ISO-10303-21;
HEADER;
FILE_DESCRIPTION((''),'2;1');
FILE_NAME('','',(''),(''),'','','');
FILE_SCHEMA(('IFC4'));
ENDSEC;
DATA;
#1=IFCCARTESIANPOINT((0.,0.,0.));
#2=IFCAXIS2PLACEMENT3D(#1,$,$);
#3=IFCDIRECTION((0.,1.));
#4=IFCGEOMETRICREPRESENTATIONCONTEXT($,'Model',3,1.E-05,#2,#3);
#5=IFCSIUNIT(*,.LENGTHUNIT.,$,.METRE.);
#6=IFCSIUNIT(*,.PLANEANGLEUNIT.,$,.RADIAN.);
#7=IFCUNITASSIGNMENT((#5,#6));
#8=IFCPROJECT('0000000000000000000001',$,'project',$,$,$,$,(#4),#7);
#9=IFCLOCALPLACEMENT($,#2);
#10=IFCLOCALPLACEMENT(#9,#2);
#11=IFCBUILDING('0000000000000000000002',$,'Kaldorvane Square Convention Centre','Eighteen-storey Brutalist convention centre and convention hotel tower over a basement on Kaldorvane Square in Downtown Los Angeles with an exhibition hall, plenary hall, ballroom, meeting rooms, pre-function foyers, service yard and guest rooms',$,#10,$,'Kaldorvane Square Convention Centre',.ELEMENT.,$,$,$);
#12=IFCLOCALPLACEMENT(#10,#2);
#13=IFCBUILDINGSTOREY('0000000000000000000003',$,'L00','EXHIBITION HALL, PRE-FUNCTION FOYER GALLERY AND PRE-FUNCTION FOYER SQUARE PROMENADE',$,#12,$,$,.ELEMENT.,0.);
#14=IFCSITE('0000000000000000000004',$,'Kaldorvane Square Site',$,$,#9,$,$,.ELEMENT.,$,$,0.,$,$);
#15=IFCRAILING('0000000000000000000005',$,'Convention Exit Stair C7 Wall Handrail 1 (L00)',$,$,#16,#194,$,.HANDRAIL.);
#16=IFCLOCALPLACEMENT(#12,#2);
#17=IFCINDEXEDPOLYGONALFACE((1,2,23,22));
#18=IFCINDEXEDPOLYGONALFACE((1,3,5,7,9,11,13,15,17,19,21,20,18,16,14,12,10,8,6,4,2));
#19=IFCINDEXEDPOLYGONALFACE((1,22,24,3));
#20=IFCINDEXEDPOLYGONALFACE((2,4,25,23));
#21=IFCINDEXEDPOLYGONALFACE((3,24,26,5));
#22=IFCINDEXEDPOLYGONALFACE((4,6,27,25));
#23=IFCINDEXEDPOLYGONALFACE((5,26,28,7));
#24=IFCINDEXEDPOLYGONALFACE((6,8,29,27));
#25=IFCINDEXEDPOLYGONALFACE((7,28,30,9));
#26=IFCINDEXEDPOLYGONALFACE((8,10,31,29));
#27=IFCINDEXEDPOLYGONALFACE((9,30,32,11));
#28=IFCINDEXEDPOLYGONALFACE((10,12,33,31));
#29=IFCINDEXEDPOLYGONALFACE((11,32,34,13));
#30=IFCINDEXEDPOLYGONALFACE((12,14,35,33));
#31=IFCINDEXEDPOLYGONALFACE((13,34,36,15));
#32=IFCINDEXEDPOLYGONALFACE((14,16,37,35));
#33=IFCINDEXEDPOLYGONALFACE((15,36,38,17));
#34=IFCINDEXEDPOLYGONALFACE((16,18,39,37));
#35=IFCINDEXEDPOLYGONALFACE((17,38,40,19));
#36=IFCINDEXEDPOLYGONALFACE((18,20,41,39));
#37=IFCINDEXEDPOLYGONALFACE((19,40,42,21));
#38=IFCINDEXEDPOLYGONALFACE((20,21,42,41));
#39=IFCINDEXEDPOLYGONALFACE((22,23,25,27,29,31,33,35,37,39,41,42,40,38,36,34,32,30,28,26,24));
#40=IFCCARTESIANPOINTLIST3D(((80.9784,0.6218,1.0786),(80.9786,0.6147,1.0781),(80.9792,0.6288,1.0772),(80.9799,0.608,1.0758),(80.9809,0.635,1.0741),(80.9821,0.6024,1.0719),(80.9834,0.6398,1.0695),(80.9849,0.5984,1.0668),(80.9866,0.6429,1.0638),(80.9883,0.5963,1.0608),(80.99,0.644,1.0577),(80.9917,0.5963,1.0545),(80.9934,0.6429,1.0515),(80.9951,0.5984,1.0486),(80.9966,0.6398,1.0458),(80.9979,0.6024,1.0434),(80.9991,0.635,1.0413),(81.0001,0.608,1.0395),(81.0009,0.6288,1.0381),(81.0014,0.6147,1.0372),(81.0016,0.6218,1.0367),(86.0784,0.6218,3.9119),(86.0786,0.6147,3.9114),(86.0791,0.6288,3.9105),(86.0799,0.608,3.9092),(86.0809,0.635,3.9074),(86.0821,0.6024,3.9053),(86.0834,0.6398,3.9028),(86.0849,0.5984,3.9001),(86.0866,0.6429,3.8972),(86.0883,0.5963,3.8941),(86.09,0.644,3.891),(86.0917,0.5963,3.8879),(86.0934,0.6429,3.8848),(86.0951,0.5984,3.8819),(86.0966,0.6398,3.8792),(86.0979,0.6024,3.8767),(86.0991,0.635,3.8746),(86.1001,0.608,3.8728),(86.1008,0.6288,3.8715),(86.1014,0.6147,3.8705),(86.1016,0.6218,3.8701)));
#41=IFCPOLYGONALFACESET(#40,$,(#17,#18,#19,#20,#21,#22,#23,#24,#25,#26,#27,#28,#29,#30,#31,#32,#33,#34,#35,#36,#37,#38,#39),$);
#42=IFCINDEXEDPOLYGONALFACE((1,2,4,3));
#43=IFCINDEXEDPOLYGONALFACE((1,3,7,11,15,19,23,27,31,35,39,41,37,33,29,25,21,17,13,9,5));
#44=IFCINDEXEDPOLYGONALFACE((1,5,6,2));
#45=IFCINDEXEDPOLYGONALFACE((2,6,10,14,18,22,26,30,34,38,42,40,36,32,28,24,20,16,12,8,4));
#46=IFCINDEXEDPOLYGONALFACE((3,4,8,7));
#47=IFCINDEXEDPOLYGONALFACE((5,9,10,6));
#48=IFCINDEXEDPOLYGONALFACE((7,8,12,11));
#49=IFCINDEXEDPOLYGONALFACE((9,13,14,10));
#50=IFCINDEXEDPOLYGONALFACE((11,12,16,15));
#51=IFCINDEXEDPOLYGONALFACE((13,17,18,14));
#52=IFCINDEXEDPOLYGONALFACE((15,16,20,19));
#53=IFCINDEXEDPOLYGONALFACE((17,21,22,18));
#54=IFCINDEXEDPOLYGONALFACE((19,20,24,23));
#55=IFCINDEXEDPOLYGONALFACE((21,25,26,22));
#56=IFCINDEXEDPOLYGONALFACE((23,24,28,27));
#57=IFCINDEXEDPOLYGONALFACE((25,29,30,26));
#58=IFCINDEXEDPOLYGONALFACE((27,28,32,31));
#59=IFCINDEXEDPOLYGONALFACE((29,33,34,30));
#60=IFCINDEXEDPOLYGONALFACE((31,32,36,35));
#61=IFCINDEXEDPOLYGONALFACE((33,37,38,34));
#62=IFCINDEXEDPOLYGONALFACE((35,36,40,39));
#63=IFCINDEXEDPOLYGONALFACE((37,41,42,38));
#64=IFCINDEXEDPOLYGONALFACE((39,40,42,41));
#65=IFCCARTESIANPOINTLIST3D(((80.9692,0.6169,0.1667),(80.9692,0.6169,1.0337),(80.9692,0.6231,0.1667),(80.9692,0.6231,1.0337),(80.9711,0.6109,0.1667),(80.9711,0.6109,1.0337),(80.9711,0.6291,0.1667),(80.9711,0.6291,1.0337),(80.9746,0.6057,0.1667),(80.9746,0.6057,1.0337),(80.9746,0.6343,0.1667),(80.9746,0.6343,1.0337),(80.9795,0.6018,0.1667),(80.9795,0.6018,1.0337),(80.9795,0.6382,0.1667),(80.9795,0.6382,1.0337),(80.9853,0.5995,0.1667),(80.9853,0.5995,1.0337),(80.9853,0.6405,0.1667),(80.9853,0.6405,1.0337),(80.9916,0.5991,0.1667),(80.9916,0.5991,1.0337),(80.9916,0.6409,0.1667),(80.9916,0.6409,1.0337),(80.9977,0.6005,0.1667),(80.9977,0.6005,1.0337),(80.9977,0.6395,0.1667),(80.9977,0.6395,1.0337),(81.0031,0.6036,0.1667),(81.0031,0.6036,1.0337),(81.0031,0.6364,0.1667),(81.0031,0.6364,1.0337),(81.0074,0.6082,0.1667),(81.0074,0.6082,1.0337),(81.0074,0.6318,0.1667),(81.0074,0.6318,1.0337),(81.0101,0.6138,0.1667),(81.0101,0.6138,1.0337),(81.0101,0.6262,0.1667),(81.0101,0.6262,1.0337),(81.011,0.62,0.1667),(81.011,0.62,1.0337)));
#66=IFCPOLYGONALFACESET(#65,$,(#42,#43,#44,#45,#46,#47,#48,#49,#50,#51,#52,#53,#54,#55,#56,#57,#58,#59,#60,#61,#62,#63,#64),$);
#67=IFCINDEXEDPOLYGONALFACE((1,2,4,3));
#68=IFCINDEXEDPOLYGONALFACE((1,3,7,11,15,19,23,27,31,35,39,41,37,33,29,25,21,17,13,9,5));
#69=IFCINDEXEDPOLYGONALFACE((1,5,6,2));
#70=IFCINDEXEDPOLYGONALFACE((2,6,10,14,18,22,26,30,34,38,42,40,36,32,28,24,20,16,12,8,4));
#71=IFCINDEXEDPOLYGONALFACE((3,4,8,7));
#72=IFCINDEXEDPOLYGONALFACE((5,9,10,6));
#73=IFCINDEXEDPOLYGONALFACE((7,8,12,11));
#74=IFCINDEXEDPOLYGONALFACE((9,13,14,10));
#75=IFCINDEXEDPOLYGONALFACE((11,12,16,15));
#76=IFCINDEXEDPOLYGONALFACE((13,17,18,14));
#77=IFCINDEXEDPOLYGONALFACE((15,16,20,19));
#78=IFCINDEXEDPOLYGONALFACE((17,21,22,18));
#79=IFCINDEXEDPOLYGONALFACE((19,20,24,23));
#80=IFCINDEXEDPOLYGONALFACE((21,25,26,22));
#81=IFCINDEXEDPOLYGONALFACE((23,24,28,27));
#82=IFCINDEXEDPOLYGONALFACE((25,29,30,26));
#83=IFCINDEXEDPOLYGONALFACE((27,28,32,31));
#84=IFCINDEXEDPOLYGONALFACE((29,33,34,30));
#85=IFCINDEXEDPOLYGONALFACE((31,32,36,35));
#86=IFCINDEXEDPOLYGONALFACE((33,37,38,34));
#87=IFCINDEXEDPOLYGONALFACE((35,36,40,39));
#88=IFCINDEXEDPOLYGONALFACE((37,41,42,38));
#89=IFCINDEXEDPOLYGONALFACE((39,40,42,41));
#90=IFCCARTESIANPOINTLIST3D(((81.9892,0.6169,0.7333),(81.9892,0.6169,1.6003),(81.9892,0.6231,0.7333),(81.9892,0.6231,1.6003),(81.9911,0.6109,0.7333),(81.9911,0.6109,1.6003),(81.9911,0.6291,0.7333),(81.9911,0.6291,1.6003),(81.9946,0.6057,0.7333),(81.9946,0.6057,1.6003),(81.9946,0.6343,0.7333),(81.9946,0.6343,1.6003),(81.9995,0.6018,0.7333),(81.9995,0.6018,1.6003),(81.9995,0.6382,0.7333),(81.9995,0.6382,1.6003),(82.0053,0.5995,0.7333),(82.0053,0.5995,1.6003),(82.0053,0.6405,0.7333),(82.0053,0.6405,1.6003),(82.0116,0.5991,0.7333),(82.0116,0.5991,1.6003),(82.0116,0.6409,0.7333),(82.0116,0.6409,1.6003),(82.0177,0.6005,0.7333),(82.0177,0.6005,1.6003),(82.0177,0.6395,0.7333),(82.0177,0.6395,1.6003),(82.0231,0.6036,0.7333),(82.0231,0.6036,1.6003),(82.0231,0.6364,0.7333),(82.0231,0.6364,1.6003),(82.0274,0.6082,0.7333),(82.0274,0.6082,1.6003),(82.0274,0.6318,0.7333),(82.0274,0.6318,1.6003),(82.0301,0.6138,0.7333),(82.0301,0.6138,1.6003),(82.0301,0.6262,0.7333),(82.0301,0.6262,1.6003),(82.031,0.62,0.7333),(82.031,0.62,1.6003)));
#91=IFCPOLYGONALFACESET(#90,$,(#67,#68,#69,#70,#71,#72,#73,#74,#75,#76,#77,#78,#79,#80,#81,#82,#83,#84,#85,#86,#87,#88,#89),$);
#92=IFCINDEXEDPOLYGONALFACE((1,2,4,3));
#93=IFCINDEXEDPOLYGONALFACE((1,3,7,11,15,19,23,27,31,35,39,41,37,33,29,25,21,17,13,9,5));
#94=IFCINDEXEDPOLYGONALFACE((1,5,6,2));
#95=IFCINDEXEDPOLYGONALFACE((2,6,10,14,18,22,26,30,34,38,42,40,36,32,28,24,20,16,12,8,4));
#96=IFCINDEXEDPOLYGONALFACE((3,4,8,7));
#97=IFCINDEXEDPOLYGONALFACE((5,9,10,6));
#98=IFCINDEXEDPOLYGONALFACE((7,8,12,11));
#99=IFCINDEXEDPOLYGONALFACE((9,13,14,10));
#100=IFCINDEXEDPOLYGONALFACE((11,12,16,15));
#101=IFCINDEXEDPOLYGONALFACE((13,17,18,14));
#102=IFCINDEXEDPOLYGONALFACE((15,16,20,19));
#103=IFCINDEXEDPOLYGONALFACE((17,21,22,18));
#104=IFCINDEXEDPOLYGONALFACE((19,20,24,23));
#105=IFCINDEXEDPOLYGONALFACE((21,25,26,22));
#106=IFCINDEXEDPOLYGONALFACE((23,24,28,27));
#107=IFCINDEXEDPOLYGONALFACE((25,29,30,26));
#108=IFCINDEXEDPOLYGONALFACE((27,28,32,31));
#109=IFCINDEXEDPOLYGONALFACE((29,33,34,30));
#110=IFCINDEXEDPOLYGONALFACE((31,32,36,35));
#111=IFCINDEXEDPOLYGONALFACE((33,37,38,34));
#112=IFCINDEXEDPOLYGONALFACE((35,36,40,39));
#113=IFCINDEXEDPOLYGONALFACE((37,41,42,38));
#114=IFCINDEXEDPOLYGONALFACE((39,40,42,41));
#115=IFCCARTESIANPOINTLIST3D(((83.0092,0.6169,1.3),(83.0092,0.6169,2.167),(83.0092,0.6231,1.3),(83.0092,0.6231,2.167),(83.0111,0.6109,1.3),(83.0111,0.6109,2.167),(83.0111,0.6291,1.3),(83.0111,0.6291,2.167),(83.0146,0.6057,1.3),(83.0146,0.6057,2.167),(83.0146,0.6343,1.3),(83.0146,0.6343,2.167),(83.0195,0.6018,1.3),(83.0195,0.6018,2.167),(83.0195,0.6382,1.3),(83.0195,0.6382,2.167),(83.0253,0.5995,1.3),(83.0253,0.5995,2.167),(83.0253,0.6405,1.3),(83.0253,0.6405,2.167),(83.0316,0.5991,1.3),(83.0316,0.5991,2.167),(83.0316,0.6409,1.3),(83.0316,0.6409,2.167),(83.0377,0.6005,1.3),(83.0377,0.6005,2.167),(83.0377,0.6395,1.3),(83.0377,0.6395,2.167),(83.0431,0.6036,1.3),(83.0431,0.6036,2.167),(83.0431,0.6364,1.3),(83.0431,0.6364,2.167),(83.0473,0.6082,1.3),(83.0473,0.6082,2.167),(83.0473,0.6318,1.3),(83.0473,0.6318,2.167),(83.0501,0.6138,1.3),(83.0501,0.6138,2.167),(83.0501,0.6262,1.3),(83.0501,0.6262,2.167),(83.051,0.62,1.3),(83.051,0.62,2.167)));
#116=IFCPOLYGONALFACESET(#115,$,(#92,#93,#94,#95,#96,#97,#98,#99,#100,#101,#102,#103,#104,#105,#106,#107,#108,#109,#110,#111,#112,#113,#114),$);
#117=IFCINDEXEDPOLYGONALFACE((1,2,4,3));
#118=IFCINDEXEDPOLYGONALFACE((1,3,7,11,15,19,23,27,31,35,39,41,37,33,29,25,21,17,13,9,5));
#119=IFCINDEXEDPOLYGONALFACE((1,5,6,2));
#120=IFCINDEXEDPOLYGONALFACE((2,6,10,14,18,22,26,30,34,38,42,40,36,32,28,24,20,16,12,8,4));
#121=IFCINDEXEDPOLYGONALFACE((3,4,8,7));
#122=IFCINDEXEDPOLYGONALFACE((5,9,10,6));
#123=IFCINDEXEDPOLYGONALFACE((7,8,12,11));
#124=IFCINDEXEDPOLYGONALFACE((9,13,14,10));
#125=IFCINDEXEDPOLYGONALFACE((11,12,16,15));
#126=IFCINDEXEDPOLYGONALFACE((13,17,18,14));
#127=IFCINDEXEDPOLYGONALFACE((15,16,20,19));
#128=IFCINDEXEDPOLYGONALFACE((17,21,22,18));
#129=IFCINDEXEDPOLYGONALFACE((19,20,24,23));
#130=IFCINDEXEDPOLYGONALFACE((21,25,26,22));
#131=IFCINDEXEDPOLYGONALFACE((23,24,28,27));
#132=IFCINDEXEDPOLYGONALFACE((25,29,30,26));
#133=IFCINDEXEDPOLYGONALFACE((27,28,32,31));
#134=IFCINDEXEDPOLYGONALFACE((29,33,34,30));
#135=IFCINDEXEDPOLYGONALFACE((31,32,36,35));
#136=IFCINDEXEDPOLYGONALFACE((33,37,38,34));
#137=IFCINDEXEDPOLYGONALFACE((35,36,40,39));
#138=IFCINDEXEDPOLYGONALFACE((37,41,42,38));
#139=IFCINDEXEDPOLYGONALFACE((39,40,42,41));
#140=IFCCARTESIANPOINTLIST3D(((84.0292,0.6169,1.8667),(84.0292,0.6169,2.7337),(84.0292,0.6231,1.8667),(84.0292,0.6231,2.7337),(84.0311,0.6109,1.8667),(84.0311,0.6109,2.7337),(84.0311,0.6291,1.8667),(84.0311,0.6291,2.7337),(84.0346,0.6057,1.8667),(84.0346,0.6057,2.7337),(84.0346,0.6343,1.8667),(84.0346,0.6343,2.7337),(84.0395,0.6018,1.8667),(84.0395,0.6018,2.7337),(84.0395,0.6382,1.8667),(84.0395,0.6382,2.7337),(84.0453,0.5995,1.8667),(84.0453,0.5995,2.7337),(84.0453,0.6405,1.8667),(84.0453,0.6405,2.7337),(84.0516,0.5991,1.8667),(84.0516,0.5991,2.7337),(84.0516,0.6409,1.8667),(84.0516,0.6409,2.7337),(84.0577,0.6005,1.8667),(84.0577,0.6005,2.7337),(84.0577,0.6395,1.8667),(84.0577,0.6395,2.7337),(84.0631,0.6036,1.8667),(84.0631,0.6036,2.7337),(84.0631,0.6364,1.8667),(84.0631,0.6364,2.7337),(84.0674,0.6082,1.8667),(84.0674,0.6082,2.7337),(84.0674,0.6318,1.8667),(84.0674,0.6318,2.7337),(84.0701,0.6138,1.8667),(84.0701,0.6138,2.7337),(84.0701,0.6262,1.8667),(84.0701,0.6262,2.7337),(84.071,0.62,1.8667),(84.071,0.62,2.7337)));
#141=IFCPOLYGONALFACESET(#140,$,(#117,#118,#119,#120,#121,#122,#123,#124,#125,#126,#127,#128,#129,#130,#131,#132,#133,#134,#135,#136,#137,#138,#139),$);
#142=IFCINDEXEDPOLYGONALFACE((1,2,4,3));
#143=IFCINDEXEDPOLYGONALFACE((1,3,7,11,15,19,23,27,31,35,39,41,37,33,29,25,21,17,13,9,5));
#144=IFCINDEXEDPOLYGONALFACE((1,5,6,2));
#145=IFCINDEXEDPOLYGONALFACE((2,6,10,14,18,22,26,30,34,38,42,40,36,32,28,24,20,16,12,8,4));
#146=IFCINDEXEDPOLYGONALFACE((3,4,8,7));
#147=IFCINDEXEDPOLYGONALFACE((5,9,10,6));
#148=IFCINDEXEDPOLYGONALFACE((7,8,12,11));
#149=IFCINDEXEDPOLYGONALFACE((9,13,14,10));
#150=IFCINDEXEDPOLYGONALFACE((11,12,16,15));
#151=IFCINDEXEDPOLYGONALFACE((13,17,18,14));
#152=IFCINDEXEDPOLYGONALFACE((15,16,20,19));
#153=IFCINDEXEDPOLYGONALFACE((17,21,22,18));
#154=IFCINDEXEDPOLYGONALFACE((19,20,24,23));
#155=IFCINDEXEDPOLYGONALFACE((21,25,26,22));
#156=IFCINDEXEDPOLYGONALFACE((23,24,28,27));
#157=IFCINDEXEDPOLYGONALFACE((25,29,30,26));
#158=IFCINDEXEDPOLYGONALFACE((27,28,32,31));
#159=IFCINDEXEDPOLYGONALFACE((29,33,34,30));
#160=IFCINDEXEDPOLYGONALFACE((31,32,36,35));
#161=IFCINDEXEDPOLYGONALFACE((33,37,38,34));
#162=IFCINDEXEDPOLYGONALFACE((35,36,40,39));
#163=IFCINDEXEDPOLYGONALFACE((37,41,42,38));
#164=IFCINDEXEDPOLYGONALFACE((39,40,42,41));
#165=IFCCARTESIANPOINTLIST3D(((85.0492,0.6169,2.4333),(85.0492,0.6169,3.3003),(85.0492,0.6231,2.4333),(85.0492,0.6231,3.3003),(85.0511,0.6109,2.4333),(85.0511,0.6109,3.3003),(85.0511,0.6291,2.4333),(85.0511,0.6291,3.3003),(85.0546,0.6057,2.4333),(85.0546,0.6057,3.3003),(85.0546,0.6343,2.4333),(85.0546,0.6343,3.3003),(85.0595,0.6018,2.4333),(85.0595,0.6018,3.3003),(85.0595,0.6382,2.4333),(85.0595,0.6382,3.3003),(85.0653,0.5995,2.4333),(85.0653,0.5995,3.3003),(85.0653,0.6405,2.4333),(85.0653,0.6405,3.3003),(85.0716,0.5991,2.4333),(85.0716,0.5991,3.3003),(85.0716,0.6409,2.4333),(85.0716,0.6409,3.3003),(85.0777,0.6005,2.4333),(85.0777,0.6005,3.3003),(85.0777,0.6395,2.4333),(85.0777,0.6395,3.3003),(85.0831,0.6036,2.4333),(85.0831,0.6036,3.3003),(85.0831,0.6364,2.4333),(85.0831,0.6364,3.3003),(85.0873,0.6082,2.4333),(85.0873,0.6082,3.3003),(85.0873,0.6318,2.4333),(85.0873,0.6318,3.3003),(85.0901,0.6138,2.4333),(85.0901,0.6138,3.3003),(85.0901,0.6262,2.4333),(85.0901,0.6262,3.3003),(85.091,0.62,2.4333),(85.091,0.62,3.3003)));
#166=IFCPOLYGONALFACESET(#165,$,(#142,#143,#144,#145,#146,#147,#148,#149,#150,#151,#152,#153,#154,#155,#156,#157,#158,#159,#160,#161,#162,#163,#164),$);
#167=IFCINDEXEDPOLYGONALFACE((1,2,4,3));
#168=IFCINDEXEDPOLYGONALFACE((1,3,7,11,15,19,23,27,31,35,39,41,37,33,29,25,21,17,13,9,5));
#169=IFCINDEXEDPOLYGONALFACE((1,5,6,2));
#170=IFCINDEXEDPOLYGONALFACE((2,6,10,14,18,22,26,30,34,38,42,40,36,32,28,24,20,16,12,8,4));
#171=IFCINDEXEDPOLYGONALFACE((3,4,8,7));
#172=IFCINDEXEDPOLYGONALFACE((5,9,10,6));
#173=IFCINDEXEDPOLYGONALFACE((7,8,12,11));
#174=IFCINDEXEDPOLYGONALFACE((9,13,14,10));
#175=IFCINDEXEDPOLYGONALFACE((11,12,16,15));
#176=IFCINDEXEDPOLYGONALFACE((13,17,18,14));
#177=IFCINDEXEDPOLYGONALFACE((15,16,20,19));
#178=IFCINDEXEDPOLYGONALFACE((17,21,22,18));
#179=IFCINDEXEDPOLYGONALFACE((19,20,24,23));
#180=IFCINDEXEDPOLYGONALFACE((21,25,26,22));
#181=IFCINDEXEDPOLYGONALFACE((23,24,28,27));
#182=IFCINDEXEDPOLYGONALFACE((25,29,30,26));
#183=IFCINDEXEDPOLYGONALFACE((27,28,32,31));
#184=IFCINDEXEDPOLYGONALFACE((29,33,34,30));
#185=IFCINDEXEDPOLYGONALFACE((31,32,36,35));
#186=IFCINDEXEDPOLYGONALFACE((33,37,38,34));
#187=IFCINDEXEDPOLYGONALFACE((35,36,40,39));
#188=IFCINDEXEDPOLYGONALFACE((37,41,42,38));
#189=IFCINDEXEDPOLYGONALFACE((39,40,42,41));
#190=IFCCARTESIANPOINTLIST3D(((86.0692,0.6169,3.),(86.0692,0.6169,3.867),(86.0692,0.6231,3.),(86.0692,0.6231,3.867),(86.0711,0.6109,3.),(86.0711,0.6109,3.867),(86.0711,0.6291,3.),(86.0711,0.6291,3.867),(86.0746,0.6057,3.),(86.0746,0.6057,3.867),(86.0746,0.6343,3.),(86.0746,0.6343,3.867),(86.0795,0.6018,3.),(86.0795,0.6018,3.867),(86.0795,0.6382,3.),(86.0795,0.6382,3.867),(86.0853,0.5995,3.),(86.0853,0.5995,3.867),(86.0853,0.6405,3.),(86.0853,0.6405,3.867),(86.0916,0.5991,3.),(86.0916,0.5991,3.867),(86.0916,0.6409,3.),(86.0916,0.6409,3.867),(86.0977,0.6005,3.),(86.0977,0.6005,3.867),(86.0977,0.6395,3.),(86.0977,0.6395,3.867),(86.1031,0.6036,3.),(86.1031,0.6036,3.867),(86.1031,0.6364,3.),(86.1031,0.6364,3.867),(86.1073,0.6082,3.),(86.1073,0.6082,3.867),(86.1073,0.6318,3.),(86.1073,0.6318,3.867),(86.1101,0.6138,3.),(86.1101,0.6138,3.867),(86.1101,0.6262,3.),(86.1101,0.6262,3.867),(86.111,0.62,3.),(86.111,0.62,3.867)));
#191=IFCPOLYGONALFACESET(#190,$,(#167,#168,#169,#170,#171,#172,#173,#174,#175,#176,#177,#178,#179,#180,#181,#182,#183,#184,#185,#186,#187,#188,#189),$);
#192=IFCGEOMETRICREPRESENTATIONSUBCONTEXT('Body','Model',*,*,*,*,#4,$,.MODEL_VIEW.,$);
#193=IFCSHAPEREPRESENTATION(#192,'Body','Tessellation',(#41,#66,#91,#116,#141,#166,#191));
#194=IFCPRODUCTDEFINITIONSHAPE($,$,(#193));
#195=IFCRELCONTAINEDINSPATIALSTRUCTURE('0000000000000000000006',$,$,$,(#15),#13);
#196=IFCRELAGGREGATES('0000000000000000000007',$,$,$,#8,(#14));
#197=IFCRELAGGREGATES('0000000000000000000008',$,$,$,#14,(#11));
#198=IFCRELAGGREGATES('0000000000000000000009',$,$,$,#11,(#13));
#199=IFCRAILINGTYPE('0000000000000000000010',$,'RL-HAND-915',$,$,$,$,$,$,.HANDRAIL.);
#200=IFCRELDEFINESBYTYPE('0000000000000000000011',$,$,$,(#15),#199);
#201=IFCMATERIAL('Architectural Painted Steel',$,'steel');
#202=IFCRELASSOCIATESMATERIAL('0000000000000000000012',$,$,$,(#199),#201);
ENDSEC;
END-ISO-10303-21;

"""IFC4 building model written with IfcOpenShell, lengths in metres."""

from ifc_helpers import new_model, si_unit, direction, frame, origin, origin_2d, place, context, subcontext, project, spatial, circle, extrude, material, type_object, element, save


model = new_model("IFC4")

# Units and contexts
model_context = context("Model", 3, precision=1e-05, world=origin(), true_north=direction((0.0, 1.0)))
body_context = subcontext(model_context, "Body", "Model", "MODEL_VIEW")
ifc_project = project(units=[si_unit("LENGTHUNIT", "METRE"), si_unit("PLANEANGLEUNIT", "RADIAN")], contexts=[model_context])

# Site, building, storey
site_placement = place(None, origin())
site = spatial("IfcSite", under=ifc_project, at=site_placement, Name="Kaldorvane Square Site", CompositionType="ELEMENT", RefElevation=0.0)
building_placement = place(site_placement, origin())
building = spatial("IfcBuilding", under=site, at=building_placement, Name="Kaldorvane Square Convention Centre", Description="Eighteen-storey Brutalist convention centre and convention hotel tower over a basement on Kaldorvane Square in Downtown Los Angeles with an exhibition hall, plenary hall, ballroom, meeting rooms, pre-function foyers, service yard and guest rooms", LongName="Kaldorvane Square Convention Centre", CompositionType="ELEMENT")
storey_placement = place(building_placement, origin())
storey = spatial("IfcBuildingStorey", under=building, at=storey_placement, Name="L00", Description="EXHIBITION HALL, PRE-FUNCTION FOYER GALLERY AND PRE-FUNCTION FOYER SQUARE PROMENADE", CompositionType="ELEMENT", Elevation=0.0)

# Railing
ifc_material_1 = material(Name="Architectural Painted Steel", Category="steel")
railing_type_1 = type_object("IfcRailingType", Name="RL-HAND-915", PredefinedType="HANDRAIL", material=ifc_material_1)
for number, where, name in (
    (1, (80.99, 0.62, 0.1667), "Convention Exit Stair C7 Wall Handrail 1 (L00)"),
):
    element("IfcRailing", number, at=place(storey_placement, frame(where)), inside=storey, type_object=railing_type_1, Name=name, PredefinedType="HANDRAIL", context=body_context, shape_type="SweptSolid", body=[
        extrude(circle(Radius=0.024, at=origin_2d()), frame((0.0, 0.0, 0.891), z_axis=(0.874157, 0.0, 0.485643), x_axis=(0.0, 1.0, 0.0)), (0.0, 0.0, 1.0), 5.8342),
        extrude(circle(Radius=0.021, at=origin_2d()), origin(), (0.0, 0.0, 1.0), 0.867),
        extrude(circle(Radius=0.021, at=origin_2d()), frame((1.02, 0.0, 0.5667)), (0.0, 0.0, 1.0), 0.867),
        extrude(circle(Radius=0.021, at=origin_2d()), frame((2.04, 0.0, 1.1333)), (0.0, 0.0, 1.0), 0.867),
        extrude(circle(Radius=0.021, at=origin_2d()), frame((3.06, 0.0, 1.7)), (0.0, 0.0, 1.0), 0.867),
        extrude(circle(Radius=0.021, at=origin_2d()), frame((4.08, 0.0, 2.2667)), (0.0, 0.0, 1.0), 0.867),
        extrude(circle(Radius=0.021, at=origin_2d()), frame((5.1, 0.0, 2.8333)), (0.0, 0.0, 1.0), 0.867),
    ])

save(model, "model.ifc")
